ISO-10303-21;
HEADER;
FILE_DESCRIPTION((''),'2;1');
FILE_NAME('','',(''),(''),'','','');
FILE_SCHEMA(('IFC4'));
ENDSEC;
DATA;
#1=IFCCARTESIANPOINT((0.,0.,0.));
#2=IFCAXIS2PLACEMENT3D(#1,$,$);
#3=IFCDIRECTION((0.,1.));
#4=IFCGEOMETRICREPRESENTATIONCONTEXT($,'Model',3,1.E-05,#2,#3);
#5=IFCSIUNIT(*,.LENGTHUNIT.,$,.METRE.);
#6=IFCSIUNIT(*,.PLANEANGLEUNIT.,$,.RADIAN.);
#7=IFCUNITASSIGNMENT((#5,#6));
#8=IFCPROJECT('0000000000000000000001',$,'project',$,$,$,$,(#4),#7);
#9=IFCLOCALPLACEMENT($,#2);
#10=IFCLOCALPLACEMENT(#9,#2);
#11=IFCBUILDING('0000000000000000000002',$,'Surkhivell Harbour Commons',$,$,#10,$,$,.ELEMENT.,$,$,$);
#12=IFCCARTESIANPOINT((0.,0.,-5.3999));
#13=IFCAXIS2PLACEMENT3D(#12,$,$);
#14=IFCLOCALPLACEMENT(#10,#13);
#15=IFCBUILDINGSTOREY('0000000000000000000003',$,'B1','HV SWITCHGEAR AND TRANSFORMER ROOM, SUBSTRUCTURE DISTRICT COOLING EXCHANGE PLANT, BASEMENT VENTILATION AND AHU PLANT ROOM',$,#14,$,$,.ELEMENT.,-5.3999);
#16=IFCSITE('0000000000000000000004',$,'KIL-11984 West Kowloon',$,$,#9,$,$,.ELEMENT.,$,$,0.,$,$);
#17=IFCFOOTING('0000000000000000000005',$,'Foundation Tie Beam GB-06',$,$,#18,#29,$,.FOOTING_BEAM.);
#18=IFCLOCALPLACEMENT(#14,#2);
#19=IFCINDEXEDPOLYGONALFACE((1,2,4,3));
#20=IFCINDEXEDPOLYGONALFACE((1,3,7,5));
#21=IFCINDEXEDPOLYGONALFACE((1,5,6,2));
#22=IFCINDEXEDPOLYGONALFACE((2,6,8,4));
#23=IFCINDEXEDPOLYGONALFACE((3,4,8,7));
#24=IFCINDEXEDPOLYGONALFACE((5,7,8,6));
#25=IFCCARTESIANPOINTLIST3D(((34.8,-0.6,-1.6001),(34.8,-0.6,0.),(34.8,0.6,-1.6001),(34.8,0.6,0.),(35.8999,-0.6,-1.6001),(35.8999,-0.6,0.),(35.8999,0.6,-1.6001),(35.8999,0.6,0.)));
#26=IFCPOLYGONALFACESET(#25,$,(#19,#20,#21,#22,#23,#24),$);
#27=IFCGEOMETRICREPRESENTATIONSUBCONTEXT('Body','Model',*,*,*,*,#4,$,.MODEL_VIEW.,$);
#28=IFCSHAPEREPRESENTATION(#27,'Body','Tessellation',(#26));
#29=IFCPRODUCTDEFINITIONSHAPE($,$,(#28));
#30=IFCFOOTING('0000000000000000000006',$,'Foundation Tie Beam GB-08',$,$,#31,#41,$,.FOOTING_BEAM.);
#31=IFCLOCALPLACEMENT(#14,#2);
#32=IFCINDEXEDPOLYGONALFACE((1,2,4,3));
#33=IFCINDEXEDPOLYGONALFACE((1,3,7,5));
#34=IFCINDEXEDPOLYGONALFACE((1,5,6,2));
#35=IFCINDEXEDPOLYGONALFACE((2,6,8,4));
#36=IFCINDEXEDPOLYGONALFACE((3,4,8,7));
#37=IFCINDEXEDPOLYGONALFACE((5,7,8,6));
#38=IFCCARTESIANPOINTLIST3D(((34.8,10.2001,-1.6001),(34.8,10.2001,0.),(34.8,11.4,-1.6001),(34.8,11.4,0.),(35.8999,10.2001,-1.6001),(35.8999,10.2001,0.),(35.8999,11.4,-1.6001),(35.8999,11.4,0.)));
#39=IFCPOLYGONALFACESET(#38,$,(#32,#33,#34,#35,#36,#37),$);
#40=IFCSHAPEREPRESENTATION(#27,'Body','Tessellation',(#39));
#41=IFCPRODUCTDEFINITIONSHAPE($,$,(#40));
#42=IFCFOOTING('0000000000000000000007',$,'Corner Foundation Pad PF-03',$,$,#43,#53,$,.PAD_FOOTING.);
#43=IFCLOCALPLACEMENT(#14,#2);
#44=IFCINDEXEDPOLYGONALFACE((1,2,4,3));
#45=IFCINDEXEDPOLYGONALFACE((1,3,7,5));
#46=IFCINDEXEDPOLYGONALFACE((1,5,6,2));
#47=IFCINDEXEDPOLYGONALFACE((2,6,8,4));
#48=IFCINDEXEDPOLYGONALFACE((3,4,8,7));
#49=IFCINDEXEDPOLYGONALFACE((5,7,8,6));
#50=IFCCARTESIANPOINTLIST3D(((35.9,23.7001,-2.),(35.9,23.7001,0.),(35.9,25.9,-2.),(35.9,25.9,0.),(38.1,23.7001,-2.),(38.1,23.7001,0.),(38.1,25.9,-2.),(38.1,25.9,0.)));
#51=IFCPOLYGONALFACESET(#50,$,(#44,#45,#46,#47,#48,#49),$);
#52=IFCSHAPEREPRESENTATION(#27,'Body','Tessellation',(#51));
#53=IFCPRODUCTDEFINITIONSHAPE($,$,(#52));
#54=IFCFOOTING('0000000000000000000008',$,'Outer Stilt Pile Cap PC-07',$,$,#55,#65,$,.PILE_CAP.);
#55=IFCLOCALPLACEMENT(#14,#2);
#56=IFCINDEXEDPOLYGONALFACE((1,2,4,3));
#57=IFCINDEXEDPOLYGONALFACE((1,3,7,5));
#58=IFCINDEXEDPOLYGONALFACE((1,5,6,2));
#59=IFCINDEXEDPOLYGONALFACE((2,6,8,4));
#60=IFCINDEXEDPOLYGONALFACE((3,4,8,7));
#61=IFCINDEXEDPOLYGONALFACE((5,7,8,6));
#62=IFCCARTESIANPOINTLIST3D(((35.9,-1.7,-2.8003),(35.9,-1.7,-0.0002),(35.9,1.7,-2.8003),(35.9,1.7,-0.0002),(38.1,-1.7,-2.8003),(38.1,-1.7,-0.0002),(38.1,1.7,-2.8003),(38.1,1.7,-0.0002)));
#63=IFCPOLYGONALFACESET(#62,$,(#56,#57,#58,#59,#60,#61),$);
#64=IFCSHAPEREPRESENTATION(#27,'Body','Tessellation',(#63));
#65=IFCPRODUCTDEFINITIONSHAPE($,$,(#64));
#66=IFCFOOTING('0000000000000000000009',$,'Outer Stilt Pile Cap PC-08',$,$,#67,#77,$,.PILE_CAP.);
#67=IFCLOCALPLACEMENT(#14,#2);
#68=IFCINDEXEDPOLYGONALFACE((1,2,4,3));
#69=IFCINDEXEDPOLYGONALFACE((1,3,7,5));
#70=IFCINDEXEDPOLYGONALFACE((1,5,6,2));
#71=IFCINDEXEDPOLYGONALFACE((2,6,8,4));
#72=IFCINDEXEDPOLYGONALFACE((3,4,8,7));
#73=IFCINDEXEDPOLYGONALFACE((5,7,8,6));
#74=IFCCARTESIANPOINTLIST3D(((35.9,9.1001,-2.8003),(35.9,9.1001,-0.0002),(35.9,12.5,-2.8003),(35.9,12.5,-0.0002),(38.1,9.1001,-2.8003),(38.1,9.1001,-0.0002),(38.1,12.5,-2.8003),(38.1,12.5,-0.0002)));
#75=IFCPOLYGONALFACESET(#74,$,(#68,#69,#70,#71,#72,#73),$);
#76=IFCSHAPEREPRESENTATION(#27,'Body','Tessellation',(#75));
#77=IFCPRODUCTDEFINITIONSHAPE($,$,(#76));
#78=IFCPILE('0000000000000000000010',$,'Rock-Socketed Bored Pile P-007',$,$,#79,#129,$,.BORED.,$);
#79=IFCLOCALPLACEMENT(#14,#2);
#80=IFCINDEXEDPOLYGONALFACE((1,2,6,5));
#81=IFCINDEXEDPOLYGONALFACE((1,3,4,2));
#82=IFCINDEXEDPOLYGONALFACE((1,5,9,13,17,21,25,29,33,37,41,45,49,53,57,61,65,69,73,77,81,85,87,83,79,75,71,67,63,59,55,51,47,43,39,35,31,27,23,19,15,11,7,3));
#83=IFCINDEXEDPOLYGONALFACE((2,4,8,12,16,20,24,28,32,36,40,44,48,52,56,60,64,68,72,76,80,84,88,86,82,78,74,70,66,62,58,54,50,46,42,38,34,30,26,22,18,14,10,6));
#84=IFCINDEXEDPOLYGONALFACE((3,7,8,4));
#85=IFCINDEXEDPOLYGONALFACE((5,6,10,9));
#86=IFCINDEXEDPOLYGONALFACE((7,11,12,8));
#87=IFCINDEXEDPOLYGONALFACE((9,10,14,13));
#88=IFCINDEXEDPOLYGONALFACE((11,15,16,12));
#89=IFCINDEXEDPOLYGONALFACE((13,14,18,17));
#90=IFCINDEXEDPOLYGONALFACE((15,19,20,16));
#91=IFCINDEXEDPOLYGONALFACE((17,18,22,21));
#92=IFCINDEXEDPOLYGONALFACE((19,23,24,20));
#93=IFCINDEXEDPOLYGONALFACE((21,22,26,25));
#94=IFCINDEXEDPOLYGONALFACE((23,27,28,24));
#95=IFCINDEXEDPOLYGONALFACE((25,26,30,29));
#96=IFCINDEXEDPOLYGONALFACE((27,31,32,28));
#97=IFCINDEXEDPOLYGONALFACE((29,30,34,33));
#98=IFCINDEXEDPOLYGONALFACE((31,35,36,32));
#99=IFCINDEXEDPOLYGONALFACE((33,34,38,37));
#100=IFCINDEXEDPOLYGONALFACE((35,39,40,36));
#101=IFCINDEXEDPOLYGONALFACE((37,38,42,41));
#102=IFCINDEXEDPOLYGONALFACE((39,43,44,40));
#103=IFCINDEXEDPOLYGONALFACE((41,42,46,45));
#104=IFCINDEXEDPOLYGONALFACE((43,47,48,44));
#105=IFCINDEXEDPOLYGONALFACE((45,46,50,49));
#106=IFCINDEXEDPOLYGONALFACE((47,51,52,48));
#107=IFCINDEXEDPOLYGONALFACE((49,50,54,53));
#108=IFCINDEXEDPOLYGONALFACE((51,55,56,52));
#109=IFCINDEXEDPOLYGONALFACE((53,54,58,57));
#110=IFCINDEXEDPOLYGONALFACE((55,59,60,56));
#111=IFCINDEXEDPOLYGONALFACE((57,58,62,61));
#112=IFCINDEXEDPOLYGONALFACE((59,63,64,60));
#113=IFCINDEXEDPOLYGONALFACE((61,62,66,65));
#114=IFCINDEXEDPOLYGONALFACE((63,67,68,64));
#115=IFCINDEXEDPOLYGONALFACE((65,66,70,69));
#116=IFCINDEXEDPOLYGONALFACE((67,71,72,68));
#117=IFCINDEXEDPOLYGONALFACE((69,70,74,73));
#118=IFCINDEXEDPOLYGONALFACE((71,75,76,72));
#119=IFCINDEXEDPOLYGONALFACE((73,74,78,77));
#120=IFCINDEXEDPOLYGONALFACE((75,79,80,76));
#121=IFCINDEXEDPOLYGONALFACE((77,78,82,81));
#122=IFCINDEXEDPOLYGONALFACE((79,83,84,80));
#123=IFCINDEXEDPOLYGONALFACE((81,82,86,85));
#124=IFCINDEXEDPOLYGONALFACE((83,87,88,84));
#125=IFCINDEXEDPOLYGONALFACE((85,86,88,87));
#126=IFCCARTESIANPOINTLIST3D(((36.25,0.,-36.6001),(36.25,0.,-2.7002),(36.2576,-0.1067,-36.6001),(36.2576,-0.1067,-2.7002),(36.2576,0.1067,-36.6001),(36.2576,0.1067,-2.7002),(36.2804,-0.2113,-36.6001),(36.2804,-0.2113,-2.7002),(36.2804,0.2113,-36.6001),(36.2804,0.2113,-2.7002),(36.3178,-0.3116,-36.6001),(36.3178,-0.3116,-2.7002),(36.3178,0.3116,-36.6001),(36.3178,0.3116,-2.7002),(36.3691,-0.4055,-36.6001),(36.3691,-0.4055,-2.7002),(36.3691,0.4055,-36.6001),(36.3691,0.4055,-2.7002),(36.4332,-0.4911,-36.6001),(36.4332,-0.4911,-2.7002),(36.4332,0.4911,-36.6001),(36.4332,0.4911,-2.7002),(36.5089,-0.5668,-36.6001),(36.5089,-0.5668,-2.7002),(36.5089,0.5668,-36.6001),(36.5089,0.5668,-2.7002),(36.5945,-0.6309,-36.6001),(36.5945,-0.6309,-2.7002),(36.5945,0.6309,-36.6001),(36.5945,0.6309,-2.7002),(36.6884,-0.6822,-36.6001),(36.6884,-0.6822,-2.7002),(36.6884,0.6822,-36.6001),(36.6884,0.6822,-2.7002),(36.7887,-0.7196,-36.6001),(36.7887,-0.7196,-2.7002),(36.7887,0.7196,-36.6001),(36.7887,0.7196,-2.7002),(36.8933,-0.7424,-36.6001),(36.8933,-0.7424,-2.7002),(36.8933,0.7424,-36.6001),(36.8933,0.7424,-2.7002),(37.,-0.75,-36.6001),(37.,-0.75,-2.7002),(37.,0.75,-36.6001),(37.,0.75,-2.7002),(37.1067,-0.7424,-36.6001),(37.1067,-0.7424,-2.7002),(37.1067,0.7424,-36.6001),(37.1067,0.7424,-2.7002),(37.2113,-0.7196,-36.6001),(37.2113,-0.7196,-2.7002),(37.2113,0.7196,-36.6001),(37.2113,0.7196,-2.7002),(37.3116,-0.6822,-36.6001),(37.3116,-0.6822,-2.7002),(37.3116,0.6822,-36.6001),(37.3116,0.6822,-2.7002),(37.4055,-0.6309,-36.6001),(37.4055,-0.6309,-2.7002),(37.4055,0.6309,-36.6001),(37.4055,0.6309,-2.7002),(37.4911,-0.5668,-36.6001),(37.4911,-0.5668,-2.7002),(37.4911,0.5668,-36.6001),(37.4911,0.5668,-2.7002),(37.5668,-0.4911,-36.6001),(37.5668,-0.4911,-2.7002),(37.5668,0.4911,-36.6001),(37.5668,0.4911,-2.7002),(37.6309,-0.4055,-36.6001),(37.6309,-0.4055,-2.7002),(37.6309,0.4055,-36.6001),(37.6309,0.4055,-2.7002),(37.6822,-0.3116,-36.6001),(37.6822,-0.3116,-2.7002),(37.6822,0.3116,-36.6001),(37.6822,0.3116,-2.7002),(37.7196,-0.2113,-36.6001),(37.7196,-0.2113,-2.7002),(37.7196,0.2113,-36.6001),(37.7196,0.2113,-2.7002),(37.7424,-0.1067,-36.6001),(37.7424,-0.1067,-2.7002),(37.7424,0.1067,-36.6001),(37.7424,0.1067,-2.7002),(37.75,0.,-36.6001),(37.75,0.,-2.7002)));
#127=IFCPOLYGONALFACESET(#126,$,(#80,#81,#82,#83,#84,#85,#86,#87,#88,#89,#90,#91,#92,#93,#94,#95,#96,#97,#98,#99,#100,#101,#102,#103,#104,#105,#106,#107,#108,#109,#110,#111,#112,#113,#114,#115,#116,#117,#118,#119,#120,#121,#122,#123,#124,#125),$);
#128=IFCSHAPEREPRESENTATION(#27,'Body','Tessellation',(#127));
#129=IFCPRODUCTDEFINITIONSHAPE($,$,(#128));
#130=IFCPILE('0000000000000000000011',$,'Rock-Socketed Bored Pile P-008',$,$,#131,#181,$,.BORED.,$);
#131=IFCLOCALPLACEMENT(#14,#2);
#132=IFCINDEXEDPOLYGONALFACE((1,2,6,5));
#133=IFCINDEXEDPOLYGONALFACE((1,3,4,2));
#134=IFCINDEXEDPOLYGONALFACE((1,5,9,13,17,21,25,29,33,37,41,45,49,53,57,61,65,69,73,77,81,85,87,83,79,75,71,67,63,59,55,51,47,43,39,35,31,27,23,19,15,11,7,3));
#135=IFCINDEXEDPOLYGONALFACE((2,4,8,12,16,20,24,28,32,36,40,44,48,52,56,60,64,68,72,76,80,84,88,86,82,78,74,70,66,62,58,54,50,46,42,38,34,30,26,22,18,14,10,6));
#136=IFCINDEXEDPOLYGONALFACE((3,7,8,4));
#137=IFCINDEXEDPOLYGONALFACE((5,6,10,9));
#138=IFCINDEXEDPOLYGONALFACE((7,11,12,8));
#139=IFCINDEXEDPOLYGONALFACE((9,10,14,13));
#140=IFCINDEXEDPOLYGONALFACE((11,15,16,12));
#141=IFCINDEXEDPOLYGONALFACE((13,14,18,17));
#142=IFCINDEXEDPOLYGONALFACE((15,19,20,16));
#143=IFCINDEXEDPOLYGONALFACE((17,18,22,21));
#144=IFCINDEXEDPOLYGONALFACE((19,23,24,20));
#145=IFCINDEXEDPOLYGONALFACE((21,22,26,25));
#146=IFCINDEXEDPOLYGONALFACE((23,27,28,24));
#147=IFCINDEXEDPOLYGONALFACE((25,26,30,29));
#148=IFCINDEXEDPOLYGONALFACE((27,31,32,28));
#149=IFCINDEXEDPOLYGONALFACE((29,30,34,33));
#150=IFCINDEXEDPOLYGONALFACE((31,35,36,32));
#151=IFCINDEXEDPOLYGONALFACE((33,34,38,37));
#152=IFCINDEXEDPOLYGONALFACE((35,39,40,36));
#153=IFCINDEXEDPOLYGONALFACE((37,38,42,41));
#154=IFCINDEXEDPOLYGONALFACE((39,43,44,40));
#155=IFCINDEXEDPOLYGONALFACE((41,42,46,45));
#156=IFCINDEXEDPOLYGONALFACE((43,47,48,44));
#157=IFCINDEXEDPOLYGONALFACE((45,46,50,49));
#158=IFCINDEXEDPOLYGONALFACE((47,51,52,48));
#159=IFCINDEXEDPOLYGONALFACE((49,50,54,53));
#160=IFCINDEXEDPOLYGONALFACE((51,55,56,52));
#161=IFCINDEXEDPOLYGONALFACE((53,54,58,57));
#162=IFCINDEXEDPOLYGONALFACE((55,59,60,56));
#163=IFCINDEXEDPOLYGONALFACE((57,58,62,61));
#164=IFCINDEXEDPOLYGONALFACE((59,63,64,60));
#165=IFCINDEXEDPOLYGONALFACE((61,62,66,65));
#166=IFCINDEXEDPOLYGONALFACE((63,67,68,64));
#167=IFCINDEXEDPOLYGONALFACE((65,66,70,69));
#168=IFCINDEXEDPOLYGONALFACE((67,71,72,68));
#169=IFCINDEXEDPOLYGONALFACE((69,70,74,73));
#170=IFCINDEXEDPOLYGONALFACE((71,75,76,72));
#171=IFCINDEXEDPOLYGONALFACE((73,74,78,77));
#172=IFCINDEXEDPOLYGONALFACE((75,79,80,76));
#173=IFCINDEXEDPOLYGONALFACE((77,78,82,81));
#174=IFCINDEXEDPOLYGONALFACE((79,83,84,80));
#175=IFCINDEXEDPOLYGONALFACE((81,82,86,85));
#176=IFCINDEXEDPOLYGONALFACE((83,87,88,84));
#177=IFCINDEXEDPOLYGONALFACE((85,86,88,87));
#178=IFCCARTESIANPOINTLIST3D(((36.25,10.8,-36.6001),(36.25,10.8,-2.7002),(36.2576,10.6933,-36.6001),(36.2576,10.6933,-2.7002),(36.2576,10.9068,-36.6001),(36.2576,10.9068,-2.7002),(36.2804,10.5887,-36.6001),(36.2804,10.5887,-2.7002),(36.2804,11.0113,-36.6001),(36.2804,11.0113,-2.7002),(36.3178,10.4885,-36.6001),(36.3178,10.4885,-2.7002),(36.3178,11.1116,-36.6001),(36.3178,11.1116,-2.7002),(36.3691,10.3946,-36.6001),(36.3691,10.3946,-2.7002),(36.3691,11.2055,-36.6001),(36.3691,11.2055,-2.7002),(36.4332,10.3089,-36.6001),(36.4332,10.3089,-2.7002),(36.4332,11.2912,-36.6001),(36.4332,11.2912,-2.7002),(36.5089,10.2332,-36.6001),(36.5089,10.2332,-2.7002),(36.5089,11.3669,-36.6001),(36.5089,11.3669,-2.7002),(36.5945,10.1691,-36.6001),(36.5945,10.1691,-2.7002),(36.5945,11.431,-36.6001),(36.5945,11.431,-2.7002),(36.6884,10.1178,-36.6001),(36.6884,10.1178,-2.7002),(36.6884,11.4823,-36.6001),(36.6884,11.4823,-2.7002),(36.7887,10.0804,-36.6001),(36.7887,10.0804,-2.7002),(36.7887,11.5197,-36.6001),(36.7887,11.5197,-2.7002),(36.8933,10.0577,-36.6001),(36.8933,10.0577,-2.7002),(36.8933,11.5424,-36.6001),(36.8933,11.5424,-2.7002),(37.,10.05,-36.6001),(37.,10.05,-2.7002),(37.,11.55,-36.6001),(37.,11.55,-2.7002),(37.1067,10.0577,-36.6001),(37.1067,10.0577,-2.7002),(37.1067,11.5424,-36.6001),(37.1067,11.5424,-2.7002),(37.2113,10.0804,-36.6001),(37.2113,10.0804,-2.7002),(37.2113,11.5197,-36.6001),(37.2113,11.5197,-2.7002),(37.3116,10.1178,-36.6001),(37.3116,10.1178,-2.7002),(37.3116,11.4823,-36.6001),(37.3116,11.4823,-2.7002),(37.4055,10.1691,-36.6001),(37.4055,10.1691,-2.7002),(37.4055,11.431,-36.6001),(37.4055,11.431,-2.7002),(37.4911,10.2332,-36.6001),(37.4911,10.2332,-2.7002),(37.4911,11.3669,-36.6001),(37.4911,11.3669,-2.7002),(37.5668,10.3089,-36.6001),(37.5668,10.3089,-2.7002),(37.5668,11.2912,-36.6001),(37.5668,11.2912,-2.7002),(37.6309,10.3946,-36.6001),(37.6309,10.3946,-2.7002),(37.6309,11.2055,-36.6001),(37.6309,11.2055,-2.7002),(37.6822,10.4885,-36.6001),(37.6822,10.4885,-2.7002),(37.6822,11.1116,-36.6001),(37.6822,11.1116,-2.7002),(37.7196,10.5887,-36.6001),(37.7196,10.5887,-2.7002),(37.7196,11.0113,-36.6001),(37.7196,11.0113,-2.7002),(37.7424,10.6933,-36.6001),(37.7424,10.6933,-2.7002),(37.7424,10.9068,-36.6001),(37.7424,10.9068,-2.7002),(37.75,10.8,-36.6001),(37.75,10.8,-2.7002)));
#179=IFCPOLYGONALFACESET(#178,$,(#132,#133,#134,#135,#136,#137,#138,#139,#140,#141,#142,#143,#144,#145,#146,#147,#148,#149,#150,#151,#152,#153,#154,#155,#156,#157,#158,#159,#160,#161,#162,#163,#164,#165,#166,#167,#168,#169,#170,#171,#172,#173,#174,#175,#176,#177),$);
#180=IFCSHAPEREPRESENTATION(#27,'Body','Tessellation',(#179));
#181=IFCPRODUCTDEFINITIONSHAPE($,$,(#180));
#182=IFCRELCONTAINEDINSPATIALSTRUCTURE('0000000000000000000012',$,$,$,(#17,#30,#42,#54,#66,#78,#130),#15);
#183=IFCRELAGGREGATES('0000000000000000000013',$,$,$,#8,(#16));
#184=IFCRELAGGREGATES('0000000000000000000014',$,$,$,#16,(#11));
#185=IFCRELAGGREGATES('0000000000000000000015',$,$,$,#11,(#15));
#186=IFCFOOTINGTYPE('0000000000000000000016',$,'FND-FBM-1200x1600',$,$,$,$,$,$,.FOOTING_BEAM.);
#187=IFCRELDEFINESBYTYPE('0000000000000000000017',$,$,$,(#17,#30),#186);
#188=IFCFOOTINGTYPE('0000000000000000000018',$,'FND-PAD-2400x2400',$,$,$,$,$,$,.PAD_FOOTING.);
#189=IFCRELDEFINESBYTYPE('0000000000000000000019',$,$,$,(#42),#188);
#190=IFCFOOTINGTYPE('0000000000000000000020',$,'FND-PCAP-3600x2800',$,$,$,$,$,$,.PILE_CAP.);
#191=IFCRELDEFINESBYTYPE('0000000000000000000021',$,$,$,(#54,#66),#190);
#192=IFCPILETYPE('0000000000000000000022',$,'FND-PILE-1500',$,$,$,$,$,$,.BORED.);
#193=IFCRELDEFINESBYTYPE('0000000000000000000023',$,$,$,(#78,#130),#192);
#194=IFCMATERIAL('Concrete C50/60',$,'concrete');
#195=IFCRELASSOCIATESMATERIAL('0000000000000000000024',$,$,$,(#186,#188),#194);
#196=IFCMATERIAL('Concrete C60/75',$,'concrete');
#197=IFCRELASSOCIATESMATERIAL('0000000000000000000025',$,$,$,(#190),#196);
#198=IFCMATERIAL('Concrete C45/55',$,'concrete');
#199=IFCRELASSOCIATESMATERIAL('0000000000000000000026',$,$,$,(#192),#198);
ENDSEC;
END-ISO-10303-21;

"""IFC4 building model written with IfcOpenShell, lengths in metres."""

from ifc_helpers import new_model, si_unit, direction, frame, origin, origin_2d, place, context, subcontext, project, spatial, rectangle, circle, extrude, material, material_profile, profile_set, type_object, element, save


model = new_model("IFC4")

# Units and contexts
model_context = context("Model", 3, precision=1e-05, world=origin(), true_north=direction((0.0, 1.0)))
body_context = subcontext(model_context, "Body", "Model", "MODEL_VIEW")
ifc_project = project(units=[si_unit("LENGTHUNIT", "METRE"), si_unit("PLANEANGLEUNIT", "RADIAN")], contexts=[model_context])

# Site, building, storey
site_placement = place(None, origin())
site = spatial("IfcSite", under=ifc_project, at=site_placement, Name="KIL-11984 West Kowloon", CompositionType="ELEMENT", RefElevation=0.0)
building_placement = place(site_placement, origin())
building = spatial("IfcBuilding", under=site, at=building_placement, Name="Surkhivell Harbour Commons", CompositionType="ELEMENT")
storey_placement = place(building_placement, frame((0.0, 0.0, -5.3999)))
storey = spatial("IfcBuildingStorey", under=building, at=storey_placement, Name="B1", Description="HV SWITCHGEAR AND TRANSFORMER ROOM, SUBSTRUCTURE DISTRICT COOLING EXCHANGE PLANT, BASEMENT VENTILATION AND AHU PLANT ROOM", CompositionType="ELEMENT", Elevation=-5.3999)

# Footings
ifc_material_1 = material(Name="Concrete C50/60", Category="concrete")
ifc_material_profile_1 = material_profile(ifc_material_1, rectangle(XDim=1.2, YDim=1.6001, at=origin_2d()), Name="RC-FBM-1200x1600")
ifc_profile_set_1 = profile_set([ifc_material_profile_1], Name="Concrete C50/60")
footing_type_1 = type_object("IfcFootingType", Name="FND-FBM-1200x1600", PredefinedType="FOOTING_BEAM", material=ifc_profile_set_1)
for number, where, z_axis, x_axis, name in (
    (1, (34.8, 0.0, -0.8), (1.0, 0.0, 0.0), (0.0, 1.0, 0.0), "Foundation Tie Beam GB-06"),
    (2, (34.8, 10.8, -0.8), (1.0, 0.0, 0.0), (0.0, 1.0, 0.0), "Foundation Tie Beam GB-08"),
):
    element("IfcFooting", number, at=place(storey_placement, frame(where, z_axis=z_axis, x_axis=x_axis)), inside=storey, type_object=footing_type_1, Name=name, PredefinedType="FOOTING_BEAM", context=body_context, shape_type="SweptSolid", body=[
        extrude(rectangle(XDim=1.2, YDim=1.6001, at=origin_2d()), origin(), (0.0, 0.0, 1.0), 1.0999),
    ])
footing_type_2 = type_object("IfcFootingType", Name="FND-PAD-2400x2400", PredefinedType="PAD_FOOTING", material=ifc_material_1)
footing_placement = place(storey_placement, frame((37.0, 24.8, -2.0), z_axis=(0.0, 0.0, 1.0), x_axis=(1.0, 0.0, 0.0)))
element("IfcFooting", 3, at=footing_placement, inside=storey, type_object=footing_type_2, Name="Corner Foundation Pad PF-03", PredefinedType="PAD_FOOTING", context=body_context, shape_type="SweptSolid", body=[
    extrude(rectangle(XDim=2.2, YDim=2.2, at=origin_2d()), origin(), (0.0, 0.0, 1.0), 2.0),
])
ifc_material_2 = material(Name="Concrete C60/75", Category="concrete")
footing_type_3 = type_object("IfcFootingType", Name="FND-PCAP-3600x2800", PredefinedType="PILE_CAP", material=ifc_material_2)
for number, where, z_axis, x_axis, name in (
    (4, (37.0, 0.0, -2.8003), (0.0, 0.0, 1.0), (1.0, 0.0, 0.0), "Outer Stilt Pile Cap PC-07"),
    (5, (37.0, 10.8, -2.8003), (0.0, 0.0, 1.0), (1.0, 0.0, 0.0), "Outer Stilt Pile Cap PC-08"),
):
    element("IfcFooting", number, at=place(storey_placement, frame(where, z_axis=z_axis, x_axis=x_axis)), inside=storey, type_object=footing_type_3, Name=name, PredefinedType="PILE_CAP", context=body_context, shape_type="SweptSolid", body=[
        extrude(rectangle(XDim=2.2, YDim=3.3999, at=origin_2d()), origin(), (0.0, 0.0, 1.0), 2.8),
    ])

# Piles
ifc_material_3 = material(Name="Concrete C45/55", Category="concrete")
ifc_material_profile_2 = material_profile(ifc_material_3, circle(Radius=0.75, at=origin_2d()), Name="PILE-1500")
ifc_profile_set_2 = profile_set([ifc_material_profile_2], Name="Concrete C45/55")
pile_type_1 = type_object("IfcPileType", Name="FND-PILE-1500", PredefinedType="BORED", material=ifc_profile_set_2)
for number, where, z_axis, x_axis, name in (
    (6, (37.0, 0.0, -2.7002), (0.0, 0.0, -1.0), (1.0, 0.0, 0.0), "Rock-Socketed Bored Pile P-007"),
    (7, (37.0, 10.8, -2.7002), (0.0, 0.0, -1.0), (1.0, 0.0, 0.0), "Rock-Socketed Bored Pile P-008"),
):
    element("IfcPile", number, at=place(storey_placement, frame(where, z_axis=z_axis, x_axis=x_axis)), inside=storey, type_object=pile_type_1, Name=name, PredefinedType="BORED", context=body_context, shape_type="SweptSolid", body=[
        extrude(circle(Radius=0.75, at=origin_2d()), origin(), (0.0, 0.0, 1.0), 33.8999),
    ])

save(model, "model.ifc")
